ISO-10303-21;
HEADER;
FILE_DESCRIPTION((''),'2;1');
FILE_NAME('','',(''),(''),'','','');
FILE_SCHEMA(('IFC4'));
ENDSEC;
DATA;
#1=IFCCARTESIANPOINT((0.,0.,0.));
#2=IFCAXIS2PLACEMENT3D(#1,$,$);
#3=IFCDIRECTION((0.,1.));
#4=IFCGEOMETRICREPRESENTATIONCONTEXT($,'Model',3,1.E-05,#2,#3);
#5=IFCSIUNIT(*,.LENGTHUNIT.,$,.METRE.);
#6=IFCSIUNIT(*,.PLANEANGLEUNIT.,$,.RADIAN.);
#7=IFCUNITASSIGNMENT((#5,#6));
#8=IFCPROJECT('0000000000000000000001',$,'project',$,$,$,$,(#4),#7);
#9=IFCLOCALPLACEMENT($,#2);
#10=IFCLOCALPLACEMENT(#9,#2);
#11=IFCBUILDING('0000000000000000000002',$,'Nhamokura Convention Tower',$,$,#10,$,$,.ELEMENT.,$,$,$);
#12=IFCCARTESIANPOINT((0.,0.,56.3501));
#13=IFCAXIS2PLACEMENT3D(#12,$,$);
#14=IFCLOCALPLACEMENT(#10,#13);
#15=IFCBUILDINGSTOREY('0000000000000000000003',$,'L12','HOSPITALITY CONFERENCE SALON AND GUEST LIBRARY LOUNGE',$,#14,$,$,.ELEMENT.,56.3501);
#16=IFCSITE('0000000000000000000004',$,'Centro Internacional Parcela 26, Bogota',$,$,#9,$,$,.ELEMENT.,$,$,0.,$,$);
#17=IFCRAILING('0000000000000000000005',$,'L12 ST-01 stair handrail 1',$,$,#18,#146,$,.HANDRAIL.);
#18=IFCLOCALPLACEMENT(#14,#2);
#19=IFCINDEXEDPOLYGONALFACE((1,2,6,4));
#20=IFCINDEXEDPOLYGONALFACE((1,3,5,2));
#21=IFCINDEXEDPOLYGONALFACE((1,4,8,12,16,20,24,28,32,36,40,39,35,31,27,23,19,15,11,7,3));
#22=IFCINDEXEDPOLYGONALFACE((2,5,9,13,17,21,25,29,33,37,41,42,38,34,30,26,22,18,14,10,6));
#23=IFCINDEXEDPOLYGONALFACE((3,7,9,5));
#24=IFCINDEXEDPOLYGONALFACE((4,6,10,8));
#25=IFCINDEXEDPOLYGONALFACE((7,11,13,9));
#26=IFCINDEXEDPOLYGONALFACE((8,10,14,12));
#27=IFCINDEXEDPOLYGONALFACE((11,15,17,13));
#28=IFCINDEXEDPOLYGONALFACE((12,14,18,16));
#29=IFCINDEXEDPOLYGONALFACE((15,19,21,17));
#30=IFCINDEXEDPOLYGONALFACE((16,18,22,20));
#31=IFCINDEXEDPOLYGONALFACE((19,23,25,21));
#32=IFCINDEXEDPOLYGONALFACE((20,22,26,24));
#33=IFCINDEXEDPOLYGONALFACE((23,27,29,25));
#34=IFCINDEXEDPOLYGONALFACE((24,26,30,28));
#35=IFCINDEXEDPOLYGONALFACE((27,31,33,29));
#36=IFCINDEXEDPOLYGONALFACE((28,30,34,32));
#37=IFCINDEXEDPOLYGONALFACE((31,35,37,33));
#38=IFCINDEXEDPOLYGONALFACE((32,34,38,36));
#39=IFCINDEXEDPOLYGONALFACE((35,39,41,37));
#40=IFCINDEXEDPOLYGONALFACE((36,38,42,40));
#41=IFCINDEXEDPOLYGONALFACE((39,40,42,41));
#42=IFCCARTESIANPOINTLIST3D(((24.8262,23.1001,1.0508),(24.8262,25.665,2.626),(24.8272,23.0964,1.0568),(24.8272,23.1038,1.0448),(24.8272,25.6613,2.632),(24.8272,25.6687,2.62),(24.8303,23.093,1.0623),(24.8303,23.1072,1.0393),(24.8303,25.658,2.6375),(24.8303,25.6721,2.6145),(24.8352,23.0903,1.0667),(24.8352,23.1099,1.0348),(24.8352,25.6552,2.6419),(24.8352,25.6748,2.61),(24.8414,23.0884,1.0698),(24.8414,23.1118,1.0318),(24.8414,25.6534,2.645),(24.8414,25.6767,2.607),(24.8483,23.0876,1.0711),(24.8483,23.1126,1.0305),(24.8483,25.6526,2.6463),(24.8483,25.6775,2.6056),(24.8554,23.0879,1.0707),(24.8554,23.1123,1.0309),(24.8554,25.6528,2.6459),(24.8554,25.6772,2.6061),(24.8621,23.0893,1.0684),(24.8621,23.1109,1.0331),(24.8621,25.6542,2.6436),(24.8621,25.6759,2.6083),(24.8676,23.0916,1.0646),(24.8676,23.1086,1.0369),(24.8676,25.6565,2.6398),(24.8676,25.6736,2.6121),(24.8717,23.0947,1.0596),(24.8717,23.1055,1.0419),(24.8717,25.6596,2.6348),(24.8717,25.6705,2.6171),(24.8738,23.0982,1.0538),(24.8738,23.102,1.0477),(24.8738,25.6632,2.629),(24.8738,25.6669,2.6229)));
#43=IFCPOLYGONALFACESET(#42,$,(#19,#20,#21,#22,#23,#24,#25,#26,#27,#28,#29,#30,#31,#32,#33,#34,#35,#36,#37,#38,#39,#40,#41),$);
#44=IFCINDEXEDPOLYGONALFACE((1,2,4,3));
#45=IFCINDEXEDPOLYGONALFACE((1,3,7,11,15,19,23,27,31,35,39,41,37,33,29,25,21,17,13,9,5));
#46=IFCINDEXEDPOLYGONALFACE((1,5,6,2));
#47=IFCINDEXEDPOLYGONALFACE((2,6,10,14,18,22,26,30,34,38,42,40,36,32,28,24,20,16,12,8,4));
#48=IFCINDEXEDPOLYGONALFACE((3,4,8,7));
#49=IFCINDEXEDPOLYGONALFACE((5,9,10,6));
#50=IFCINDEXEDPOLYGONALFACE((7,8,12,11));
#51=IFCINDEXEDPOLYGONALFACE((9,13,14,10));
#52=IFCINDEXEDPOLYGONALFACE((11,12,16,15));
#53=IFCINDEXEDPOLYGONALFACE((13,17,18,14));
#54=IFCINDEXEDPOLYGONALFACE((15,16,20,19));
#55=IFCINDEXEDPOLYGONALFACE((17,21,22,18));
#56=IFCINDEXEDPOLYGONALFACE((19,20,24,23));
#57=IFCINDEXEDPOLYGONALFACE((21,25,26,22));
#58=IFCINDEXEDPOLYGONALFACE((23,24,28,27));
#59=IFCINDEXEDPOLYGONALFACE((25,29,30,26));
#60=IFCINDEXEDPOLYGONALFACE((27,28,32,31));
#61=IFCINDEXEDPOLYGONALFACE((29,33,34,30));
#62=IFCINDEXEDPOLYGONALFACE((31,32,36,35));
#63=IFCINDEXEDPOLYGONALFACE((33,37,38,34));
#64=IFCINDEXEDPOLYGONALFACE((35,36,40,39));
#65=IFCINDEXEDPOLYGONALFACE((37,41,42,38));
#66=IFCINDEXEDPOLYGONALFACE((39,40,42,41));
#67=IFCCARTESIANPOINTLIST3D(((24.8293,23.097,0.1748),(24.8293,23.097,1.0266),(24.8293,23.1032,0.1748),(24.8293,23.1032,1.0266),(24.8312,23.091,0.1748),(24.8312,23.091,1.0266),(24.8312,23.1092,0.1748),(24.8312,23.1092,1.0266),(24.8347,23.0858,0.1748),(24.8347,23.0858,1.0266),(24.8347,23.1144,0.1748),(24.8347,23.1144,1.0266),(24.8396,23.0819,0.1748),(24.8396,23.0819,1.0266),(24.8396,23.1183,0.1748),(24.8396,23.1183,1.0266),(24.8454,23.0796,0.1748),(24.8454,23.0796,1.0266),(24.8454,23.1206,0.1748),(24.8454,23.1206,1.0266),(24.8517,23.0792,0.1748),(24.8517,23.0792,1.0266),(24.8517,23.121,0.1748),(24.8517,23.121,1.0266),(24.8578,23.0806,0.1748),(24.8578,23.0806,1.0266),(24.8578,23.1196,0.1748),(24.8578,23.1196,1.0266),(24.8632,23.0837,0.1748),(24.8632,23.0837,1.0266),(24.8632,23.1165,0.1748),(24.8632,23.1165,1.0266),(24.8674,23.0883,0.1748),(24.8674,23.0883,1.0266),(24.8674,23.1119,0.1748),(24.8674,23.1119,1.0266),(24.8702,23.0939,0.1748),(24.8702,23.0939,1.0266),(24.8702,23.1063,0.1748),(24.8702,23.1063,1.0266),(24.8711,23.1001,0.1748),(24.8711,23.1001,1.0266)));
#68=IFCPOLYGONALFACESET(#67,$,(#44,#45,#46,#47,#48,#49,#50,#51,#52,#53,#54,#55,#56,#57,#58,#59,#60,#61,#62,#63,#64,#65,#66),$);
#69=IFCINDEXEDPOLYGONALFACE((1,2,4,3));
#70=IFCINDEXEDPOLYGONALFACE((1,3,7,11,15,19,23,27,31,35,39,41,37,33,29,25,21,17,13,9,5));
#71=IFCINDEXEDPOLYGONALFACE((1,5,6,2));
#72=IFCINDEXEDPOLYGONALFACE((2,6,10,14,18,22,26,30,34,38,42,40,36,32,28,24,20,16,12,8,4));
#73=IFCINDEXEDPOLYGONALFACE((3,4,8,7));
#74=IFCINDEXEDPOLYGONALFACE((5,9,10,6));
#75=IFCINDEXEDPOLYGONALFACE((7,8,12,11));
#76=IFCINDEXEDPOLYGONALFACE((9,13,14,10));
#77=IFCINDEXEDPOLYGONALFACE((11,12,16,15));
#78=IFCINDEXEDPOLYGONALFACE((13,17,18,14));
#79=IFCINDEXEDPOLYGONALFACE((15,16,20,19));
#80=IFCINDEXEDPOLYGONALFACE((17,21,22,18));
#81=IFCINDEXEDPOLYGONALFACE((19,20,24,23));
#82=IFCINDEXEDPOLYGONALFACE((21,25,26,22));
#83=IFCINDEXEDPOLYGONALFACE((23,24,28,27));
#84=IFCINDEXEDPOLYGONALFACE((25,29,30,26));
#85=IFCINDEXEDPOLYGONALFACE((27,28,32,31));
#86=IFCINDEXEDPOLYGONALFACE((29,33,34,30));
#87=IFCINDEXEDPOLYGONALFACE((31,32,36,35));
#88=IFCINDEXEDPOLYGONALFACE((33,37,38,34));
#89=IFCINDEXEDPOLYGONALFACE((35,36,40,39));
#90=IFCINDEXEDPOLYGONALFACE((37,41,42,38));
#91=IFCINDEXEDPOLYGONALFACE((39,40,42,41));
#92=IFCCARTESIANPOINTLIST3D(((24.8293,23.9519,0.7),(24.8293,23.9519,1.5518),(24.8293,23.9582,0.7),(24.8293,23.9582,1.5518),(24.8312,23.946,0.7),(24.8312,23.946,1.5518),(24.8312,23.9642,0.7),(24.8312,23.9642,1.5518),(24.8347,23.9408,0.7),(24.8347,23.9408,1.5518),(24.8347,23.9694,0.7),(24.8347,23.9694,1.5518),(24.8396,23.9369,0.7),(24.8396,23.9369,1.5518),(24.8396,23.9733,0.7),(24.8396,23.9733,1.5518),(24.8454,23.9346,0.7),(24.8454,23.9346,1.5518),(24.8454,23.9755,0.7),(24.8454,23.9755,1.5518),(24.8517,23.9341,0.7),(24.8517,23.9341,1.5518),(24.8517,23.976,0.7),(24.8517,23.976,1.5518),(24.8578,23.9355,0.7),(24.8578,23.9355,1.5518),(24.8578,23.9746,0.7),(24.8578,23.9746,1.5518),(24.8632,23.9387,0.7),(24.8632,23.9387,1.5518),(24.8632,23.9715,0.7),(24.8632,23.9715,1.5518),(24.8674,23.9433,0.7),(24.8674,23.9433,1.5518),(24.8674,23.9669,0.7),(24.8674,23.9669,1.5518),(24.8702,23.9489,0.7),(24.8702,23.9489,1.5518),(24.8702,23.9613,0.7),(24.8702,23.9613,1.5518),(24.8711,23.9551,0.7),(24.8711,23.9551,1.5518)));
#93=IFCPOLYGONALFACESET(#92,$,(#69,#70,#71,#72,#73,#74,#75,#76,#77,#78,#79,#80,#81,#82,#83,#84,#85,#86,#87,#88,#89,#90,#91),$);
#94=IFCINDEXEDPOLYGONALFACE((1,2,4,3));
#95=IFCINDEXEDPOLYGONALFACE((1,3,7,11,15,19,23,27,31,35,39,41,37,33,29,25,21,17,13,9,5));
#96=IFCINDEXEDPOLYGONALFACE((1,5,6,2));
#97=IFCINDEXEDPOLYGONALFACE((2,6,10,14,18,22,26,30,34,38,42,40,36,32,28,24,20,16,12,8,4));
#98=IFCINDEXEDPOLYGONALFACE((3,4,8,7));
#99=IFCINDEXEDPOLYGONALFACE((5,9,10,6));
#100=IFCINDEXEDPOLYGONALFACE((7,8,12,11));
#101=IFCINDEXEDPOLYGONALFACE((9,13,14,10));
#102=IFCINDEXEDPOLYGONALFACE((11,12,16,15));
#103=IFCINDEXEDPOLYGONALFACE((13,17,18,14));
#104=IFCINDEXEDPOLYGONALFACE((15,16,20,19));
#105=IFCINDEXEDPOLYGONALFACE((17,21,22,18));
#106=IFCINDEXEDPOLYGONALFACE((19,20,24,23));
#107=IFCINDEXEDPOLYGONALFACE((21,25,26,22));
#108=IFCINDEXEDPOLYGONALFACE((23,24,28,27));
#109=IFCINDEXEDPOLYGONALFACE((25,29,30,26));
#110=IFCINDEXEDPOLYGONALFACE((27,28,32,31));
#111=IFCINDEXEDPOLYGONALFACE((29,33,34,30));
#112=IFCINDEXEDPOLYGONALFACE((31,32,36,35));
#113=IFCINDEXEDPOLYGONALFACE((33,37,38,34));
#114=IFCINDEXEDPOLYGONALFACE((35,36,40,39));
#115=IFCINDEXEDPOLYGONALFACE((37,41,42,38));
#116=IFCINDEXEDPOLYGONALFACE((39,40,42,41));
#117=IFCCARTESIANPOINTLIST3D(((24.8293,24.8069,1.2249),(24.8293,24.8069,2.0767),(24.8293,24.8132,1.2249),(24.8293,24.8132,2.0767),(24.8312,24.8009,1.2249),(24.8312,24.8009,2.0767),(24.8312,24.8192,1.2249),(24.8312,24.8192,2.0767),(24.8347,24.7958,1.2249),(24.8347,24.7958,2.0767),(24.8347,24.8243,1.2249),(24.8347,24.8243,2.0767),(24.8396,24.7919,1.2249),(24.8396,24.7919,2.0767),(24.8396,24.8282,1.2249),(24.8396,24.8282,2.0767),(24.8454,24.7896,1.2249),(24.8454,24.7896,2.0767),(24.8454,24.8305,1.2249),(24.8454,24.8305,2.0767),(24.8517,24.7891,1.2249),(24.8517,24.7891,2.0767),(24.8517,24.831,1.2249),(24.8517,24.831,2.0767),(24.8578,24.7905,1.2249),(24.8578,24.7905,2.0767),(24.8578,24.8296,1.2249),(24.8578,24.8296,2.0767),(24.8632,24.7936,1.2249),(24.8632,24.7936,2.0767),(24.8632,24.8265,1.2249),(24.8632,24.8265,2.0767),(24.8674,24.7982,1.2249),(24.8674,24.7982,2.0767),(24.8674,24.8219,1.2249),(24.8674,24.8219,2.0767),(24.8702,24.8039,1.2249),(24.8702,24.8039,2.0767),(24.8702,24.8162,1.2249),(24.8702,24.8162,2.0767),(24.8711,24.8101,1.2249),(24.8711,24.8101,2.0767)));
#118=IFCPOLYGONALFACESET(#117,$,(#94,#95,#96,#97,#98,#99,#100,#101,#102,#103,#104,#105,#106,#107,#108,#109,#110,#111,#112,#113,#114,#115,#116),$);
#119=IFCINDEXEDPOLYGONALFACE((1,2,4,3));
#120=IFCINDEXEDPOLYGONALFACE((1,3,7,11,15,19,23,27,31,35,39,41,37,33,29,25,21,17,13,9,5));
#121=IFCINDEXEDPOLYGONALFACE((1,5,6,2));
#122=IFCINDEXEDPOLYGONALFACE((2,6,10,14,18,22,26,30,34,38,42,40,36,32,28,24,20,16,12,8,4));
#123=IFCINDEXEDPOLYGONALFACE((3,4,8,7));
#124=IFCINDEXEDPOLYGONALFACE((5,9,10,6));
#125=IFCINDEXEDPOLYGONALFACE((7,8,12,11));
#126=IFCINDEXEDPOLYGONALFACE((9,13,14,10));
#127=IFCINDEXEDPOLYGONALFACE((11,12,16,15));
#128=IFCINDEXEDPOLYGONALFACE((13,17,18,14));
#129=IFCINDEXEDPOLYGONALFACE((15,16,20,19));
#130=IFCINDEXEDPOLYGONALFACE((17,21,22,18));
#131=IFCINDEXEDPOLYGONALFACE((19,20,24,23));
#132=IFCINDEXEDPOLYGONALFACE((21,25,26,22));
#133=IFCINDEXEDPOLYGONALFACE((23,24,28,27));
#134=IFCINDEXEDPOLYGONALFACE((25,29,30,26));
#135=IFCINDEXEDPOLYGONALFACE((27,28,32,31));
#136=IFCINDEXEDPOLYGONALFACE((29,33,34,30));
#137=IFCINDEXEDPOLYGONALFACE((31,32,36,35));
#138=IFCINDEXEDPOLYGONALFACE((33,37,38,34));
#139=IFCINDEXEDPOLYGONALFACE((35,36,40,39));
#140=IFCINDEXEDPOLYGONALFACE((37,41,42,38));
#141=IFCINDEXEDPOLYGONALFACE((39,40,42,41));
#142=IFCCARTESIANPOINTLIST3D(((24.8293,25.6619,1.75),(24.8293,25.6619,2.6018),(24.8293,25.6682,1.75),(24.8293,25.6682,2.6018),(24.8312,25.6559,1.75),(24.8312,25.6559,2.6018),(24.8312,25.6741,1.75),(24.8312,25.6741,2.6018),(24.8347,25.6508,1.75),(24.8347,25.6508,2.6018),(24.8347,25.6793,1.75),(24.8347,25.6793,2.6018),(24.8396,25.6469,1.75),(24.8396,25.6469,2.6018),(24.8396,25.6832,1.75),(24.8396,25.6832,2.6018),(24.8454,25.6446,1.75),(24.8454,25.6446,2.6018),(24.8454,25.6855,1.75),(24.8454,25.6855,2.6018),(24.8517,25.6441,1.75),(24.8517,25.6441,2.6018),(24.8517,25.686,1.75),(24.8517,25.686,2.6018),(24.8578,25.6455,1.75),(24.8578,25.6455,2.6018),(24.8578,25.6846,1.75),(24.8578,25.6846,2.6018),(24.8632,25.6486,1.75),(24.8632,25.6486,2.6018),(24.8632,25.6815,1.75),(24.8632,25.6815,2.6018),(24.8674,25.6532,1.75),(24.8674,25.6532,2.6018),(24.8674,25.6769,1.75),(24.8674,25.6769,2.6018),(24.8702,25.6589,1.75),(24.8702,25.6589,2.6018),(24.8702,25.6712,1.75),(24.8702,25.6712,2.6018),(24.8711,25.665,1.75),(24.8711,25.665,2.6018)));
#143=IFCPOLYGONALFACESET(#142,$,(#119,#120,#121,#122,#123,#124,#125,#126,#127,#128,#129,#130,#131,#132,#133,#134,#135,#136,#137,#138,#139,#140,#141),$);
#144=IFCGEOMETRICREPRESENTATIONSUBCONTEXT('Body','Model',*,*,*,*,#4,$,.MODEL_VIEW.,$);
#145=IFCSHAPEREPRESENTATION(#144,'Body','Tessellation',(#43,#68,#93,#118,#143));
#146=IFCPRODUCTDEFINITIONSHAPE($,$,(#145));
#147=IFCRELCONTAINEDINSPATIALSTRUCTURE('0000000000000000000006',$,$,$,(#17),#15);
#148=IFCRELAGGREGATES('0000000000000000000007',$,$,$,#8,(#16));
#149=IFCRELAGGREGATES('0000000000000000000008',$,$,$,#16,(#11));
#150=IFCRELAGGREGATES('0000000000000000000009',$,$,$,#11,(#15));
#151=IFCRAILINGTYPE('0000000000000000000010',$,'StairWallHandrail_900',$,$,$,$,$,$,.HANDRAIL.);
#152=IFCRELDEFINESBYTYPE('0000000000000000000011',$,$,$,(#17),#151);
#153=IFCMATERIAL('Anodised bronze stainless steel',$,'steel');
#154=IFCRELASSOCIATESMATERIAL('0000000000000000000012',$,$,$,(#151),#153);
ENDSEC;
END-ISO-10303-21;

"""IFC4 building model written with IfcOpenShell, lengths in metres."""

from ifc_helpers import new_model, si_unit, direction, frame, origin, origin_2d, place, context, subcontext, project, spatial, circle, extrude, material, type_object, element, save


model = new_model("IFC4")

# Units and contexts
model_context = context("Model", 3, precision=1e-05, world=origin(), true_north=direction((0.0, 1.0)))
body_context = subcontext(model_context, "Body", "Model", "MODEL_VIEW")
ifc_project = project(units=[si_unit("LENGTHUNIT", "METRE"), si_unit("PLANEANGLEUNIT", "RADIAN")], contexts=[model_context])

# Site, building, storey
site_placement = place(None, origin())
site = spatial("IfcSite", under=ifc_project, at=site_placement, Name="Centro Internacional Parcela 26, Bogota", CompositionType="ELEMENT", RefElevation=0.0)
building_placement = place(site_placement, origin())
building = spatial("IfcBuilding", under=site, at=building_placement, Name="Nhamokura Convention Tower", CompositionType="ELEMENT")
storey_placement = place(building_placement, frame((0.0, 0.0, 56.3501)))
storey = spatial("IfcBuildingStorey", under=building, at=storey_placement, Name="L12", Description="HOSPITALITY CONFERENCE SALON AND GUEST LIBRARY LOUNGE", CompositionType="ELEMENT", Elevation=56.3501)

# Railing
ifc_material_1 = material(Name="Anodised bronze stainless steel", Category="steel")
railing_type_1 = type_object("IfcRailingType", Name="StairWallHandrail_900", PredefinedType="HANDRAIL", material=ifc_material_1)
railing_1_placement = place(storey_placement, frame((24.8501, 23.1001, 0.1748)))
element("IfcRailing", 1, at=railing_1_placement, inside=storey, type_object=railing_type_1, Name="L12 ST-01 stair handrail 1", PredefinedType="HANDRAIL", context=body_context, shape_type="SweptSolid", body=[
    extrude(circle(Radius=0.0239, at=origin_2d()), frame((0.0, 0.0, 0.876), z_axis=(0.0, 0.852137, 0.523319), x_axis=(-1.0, 0.0, 0.0)), (0.0, 0.0, 1.0), 3.01),
    extrude(circle(Radius=0.021, at=origin_2d()), origin(), (0.0, 0.0, 1.0), 0.8518),
    extrude(circle(Radius=0.021, at=origin_2d()), frame((0.0, 0.855, 0.5251)), (0.0, 0.0, 1.0), 0.8518),
    extrude(circle(Radius=0.021, at=origin_2d()), frame((0.0, 1.71, 1.05)), (0.0, 0.0, 1.0), 0.8518),
    extrude(circle(Radius=0.021, at=origin_2d()), frame((0.0, 2.5649, 1.5752)), (0.0, 0.0, 1.0), 0.8518),
])

save(model, "model.ifc")
